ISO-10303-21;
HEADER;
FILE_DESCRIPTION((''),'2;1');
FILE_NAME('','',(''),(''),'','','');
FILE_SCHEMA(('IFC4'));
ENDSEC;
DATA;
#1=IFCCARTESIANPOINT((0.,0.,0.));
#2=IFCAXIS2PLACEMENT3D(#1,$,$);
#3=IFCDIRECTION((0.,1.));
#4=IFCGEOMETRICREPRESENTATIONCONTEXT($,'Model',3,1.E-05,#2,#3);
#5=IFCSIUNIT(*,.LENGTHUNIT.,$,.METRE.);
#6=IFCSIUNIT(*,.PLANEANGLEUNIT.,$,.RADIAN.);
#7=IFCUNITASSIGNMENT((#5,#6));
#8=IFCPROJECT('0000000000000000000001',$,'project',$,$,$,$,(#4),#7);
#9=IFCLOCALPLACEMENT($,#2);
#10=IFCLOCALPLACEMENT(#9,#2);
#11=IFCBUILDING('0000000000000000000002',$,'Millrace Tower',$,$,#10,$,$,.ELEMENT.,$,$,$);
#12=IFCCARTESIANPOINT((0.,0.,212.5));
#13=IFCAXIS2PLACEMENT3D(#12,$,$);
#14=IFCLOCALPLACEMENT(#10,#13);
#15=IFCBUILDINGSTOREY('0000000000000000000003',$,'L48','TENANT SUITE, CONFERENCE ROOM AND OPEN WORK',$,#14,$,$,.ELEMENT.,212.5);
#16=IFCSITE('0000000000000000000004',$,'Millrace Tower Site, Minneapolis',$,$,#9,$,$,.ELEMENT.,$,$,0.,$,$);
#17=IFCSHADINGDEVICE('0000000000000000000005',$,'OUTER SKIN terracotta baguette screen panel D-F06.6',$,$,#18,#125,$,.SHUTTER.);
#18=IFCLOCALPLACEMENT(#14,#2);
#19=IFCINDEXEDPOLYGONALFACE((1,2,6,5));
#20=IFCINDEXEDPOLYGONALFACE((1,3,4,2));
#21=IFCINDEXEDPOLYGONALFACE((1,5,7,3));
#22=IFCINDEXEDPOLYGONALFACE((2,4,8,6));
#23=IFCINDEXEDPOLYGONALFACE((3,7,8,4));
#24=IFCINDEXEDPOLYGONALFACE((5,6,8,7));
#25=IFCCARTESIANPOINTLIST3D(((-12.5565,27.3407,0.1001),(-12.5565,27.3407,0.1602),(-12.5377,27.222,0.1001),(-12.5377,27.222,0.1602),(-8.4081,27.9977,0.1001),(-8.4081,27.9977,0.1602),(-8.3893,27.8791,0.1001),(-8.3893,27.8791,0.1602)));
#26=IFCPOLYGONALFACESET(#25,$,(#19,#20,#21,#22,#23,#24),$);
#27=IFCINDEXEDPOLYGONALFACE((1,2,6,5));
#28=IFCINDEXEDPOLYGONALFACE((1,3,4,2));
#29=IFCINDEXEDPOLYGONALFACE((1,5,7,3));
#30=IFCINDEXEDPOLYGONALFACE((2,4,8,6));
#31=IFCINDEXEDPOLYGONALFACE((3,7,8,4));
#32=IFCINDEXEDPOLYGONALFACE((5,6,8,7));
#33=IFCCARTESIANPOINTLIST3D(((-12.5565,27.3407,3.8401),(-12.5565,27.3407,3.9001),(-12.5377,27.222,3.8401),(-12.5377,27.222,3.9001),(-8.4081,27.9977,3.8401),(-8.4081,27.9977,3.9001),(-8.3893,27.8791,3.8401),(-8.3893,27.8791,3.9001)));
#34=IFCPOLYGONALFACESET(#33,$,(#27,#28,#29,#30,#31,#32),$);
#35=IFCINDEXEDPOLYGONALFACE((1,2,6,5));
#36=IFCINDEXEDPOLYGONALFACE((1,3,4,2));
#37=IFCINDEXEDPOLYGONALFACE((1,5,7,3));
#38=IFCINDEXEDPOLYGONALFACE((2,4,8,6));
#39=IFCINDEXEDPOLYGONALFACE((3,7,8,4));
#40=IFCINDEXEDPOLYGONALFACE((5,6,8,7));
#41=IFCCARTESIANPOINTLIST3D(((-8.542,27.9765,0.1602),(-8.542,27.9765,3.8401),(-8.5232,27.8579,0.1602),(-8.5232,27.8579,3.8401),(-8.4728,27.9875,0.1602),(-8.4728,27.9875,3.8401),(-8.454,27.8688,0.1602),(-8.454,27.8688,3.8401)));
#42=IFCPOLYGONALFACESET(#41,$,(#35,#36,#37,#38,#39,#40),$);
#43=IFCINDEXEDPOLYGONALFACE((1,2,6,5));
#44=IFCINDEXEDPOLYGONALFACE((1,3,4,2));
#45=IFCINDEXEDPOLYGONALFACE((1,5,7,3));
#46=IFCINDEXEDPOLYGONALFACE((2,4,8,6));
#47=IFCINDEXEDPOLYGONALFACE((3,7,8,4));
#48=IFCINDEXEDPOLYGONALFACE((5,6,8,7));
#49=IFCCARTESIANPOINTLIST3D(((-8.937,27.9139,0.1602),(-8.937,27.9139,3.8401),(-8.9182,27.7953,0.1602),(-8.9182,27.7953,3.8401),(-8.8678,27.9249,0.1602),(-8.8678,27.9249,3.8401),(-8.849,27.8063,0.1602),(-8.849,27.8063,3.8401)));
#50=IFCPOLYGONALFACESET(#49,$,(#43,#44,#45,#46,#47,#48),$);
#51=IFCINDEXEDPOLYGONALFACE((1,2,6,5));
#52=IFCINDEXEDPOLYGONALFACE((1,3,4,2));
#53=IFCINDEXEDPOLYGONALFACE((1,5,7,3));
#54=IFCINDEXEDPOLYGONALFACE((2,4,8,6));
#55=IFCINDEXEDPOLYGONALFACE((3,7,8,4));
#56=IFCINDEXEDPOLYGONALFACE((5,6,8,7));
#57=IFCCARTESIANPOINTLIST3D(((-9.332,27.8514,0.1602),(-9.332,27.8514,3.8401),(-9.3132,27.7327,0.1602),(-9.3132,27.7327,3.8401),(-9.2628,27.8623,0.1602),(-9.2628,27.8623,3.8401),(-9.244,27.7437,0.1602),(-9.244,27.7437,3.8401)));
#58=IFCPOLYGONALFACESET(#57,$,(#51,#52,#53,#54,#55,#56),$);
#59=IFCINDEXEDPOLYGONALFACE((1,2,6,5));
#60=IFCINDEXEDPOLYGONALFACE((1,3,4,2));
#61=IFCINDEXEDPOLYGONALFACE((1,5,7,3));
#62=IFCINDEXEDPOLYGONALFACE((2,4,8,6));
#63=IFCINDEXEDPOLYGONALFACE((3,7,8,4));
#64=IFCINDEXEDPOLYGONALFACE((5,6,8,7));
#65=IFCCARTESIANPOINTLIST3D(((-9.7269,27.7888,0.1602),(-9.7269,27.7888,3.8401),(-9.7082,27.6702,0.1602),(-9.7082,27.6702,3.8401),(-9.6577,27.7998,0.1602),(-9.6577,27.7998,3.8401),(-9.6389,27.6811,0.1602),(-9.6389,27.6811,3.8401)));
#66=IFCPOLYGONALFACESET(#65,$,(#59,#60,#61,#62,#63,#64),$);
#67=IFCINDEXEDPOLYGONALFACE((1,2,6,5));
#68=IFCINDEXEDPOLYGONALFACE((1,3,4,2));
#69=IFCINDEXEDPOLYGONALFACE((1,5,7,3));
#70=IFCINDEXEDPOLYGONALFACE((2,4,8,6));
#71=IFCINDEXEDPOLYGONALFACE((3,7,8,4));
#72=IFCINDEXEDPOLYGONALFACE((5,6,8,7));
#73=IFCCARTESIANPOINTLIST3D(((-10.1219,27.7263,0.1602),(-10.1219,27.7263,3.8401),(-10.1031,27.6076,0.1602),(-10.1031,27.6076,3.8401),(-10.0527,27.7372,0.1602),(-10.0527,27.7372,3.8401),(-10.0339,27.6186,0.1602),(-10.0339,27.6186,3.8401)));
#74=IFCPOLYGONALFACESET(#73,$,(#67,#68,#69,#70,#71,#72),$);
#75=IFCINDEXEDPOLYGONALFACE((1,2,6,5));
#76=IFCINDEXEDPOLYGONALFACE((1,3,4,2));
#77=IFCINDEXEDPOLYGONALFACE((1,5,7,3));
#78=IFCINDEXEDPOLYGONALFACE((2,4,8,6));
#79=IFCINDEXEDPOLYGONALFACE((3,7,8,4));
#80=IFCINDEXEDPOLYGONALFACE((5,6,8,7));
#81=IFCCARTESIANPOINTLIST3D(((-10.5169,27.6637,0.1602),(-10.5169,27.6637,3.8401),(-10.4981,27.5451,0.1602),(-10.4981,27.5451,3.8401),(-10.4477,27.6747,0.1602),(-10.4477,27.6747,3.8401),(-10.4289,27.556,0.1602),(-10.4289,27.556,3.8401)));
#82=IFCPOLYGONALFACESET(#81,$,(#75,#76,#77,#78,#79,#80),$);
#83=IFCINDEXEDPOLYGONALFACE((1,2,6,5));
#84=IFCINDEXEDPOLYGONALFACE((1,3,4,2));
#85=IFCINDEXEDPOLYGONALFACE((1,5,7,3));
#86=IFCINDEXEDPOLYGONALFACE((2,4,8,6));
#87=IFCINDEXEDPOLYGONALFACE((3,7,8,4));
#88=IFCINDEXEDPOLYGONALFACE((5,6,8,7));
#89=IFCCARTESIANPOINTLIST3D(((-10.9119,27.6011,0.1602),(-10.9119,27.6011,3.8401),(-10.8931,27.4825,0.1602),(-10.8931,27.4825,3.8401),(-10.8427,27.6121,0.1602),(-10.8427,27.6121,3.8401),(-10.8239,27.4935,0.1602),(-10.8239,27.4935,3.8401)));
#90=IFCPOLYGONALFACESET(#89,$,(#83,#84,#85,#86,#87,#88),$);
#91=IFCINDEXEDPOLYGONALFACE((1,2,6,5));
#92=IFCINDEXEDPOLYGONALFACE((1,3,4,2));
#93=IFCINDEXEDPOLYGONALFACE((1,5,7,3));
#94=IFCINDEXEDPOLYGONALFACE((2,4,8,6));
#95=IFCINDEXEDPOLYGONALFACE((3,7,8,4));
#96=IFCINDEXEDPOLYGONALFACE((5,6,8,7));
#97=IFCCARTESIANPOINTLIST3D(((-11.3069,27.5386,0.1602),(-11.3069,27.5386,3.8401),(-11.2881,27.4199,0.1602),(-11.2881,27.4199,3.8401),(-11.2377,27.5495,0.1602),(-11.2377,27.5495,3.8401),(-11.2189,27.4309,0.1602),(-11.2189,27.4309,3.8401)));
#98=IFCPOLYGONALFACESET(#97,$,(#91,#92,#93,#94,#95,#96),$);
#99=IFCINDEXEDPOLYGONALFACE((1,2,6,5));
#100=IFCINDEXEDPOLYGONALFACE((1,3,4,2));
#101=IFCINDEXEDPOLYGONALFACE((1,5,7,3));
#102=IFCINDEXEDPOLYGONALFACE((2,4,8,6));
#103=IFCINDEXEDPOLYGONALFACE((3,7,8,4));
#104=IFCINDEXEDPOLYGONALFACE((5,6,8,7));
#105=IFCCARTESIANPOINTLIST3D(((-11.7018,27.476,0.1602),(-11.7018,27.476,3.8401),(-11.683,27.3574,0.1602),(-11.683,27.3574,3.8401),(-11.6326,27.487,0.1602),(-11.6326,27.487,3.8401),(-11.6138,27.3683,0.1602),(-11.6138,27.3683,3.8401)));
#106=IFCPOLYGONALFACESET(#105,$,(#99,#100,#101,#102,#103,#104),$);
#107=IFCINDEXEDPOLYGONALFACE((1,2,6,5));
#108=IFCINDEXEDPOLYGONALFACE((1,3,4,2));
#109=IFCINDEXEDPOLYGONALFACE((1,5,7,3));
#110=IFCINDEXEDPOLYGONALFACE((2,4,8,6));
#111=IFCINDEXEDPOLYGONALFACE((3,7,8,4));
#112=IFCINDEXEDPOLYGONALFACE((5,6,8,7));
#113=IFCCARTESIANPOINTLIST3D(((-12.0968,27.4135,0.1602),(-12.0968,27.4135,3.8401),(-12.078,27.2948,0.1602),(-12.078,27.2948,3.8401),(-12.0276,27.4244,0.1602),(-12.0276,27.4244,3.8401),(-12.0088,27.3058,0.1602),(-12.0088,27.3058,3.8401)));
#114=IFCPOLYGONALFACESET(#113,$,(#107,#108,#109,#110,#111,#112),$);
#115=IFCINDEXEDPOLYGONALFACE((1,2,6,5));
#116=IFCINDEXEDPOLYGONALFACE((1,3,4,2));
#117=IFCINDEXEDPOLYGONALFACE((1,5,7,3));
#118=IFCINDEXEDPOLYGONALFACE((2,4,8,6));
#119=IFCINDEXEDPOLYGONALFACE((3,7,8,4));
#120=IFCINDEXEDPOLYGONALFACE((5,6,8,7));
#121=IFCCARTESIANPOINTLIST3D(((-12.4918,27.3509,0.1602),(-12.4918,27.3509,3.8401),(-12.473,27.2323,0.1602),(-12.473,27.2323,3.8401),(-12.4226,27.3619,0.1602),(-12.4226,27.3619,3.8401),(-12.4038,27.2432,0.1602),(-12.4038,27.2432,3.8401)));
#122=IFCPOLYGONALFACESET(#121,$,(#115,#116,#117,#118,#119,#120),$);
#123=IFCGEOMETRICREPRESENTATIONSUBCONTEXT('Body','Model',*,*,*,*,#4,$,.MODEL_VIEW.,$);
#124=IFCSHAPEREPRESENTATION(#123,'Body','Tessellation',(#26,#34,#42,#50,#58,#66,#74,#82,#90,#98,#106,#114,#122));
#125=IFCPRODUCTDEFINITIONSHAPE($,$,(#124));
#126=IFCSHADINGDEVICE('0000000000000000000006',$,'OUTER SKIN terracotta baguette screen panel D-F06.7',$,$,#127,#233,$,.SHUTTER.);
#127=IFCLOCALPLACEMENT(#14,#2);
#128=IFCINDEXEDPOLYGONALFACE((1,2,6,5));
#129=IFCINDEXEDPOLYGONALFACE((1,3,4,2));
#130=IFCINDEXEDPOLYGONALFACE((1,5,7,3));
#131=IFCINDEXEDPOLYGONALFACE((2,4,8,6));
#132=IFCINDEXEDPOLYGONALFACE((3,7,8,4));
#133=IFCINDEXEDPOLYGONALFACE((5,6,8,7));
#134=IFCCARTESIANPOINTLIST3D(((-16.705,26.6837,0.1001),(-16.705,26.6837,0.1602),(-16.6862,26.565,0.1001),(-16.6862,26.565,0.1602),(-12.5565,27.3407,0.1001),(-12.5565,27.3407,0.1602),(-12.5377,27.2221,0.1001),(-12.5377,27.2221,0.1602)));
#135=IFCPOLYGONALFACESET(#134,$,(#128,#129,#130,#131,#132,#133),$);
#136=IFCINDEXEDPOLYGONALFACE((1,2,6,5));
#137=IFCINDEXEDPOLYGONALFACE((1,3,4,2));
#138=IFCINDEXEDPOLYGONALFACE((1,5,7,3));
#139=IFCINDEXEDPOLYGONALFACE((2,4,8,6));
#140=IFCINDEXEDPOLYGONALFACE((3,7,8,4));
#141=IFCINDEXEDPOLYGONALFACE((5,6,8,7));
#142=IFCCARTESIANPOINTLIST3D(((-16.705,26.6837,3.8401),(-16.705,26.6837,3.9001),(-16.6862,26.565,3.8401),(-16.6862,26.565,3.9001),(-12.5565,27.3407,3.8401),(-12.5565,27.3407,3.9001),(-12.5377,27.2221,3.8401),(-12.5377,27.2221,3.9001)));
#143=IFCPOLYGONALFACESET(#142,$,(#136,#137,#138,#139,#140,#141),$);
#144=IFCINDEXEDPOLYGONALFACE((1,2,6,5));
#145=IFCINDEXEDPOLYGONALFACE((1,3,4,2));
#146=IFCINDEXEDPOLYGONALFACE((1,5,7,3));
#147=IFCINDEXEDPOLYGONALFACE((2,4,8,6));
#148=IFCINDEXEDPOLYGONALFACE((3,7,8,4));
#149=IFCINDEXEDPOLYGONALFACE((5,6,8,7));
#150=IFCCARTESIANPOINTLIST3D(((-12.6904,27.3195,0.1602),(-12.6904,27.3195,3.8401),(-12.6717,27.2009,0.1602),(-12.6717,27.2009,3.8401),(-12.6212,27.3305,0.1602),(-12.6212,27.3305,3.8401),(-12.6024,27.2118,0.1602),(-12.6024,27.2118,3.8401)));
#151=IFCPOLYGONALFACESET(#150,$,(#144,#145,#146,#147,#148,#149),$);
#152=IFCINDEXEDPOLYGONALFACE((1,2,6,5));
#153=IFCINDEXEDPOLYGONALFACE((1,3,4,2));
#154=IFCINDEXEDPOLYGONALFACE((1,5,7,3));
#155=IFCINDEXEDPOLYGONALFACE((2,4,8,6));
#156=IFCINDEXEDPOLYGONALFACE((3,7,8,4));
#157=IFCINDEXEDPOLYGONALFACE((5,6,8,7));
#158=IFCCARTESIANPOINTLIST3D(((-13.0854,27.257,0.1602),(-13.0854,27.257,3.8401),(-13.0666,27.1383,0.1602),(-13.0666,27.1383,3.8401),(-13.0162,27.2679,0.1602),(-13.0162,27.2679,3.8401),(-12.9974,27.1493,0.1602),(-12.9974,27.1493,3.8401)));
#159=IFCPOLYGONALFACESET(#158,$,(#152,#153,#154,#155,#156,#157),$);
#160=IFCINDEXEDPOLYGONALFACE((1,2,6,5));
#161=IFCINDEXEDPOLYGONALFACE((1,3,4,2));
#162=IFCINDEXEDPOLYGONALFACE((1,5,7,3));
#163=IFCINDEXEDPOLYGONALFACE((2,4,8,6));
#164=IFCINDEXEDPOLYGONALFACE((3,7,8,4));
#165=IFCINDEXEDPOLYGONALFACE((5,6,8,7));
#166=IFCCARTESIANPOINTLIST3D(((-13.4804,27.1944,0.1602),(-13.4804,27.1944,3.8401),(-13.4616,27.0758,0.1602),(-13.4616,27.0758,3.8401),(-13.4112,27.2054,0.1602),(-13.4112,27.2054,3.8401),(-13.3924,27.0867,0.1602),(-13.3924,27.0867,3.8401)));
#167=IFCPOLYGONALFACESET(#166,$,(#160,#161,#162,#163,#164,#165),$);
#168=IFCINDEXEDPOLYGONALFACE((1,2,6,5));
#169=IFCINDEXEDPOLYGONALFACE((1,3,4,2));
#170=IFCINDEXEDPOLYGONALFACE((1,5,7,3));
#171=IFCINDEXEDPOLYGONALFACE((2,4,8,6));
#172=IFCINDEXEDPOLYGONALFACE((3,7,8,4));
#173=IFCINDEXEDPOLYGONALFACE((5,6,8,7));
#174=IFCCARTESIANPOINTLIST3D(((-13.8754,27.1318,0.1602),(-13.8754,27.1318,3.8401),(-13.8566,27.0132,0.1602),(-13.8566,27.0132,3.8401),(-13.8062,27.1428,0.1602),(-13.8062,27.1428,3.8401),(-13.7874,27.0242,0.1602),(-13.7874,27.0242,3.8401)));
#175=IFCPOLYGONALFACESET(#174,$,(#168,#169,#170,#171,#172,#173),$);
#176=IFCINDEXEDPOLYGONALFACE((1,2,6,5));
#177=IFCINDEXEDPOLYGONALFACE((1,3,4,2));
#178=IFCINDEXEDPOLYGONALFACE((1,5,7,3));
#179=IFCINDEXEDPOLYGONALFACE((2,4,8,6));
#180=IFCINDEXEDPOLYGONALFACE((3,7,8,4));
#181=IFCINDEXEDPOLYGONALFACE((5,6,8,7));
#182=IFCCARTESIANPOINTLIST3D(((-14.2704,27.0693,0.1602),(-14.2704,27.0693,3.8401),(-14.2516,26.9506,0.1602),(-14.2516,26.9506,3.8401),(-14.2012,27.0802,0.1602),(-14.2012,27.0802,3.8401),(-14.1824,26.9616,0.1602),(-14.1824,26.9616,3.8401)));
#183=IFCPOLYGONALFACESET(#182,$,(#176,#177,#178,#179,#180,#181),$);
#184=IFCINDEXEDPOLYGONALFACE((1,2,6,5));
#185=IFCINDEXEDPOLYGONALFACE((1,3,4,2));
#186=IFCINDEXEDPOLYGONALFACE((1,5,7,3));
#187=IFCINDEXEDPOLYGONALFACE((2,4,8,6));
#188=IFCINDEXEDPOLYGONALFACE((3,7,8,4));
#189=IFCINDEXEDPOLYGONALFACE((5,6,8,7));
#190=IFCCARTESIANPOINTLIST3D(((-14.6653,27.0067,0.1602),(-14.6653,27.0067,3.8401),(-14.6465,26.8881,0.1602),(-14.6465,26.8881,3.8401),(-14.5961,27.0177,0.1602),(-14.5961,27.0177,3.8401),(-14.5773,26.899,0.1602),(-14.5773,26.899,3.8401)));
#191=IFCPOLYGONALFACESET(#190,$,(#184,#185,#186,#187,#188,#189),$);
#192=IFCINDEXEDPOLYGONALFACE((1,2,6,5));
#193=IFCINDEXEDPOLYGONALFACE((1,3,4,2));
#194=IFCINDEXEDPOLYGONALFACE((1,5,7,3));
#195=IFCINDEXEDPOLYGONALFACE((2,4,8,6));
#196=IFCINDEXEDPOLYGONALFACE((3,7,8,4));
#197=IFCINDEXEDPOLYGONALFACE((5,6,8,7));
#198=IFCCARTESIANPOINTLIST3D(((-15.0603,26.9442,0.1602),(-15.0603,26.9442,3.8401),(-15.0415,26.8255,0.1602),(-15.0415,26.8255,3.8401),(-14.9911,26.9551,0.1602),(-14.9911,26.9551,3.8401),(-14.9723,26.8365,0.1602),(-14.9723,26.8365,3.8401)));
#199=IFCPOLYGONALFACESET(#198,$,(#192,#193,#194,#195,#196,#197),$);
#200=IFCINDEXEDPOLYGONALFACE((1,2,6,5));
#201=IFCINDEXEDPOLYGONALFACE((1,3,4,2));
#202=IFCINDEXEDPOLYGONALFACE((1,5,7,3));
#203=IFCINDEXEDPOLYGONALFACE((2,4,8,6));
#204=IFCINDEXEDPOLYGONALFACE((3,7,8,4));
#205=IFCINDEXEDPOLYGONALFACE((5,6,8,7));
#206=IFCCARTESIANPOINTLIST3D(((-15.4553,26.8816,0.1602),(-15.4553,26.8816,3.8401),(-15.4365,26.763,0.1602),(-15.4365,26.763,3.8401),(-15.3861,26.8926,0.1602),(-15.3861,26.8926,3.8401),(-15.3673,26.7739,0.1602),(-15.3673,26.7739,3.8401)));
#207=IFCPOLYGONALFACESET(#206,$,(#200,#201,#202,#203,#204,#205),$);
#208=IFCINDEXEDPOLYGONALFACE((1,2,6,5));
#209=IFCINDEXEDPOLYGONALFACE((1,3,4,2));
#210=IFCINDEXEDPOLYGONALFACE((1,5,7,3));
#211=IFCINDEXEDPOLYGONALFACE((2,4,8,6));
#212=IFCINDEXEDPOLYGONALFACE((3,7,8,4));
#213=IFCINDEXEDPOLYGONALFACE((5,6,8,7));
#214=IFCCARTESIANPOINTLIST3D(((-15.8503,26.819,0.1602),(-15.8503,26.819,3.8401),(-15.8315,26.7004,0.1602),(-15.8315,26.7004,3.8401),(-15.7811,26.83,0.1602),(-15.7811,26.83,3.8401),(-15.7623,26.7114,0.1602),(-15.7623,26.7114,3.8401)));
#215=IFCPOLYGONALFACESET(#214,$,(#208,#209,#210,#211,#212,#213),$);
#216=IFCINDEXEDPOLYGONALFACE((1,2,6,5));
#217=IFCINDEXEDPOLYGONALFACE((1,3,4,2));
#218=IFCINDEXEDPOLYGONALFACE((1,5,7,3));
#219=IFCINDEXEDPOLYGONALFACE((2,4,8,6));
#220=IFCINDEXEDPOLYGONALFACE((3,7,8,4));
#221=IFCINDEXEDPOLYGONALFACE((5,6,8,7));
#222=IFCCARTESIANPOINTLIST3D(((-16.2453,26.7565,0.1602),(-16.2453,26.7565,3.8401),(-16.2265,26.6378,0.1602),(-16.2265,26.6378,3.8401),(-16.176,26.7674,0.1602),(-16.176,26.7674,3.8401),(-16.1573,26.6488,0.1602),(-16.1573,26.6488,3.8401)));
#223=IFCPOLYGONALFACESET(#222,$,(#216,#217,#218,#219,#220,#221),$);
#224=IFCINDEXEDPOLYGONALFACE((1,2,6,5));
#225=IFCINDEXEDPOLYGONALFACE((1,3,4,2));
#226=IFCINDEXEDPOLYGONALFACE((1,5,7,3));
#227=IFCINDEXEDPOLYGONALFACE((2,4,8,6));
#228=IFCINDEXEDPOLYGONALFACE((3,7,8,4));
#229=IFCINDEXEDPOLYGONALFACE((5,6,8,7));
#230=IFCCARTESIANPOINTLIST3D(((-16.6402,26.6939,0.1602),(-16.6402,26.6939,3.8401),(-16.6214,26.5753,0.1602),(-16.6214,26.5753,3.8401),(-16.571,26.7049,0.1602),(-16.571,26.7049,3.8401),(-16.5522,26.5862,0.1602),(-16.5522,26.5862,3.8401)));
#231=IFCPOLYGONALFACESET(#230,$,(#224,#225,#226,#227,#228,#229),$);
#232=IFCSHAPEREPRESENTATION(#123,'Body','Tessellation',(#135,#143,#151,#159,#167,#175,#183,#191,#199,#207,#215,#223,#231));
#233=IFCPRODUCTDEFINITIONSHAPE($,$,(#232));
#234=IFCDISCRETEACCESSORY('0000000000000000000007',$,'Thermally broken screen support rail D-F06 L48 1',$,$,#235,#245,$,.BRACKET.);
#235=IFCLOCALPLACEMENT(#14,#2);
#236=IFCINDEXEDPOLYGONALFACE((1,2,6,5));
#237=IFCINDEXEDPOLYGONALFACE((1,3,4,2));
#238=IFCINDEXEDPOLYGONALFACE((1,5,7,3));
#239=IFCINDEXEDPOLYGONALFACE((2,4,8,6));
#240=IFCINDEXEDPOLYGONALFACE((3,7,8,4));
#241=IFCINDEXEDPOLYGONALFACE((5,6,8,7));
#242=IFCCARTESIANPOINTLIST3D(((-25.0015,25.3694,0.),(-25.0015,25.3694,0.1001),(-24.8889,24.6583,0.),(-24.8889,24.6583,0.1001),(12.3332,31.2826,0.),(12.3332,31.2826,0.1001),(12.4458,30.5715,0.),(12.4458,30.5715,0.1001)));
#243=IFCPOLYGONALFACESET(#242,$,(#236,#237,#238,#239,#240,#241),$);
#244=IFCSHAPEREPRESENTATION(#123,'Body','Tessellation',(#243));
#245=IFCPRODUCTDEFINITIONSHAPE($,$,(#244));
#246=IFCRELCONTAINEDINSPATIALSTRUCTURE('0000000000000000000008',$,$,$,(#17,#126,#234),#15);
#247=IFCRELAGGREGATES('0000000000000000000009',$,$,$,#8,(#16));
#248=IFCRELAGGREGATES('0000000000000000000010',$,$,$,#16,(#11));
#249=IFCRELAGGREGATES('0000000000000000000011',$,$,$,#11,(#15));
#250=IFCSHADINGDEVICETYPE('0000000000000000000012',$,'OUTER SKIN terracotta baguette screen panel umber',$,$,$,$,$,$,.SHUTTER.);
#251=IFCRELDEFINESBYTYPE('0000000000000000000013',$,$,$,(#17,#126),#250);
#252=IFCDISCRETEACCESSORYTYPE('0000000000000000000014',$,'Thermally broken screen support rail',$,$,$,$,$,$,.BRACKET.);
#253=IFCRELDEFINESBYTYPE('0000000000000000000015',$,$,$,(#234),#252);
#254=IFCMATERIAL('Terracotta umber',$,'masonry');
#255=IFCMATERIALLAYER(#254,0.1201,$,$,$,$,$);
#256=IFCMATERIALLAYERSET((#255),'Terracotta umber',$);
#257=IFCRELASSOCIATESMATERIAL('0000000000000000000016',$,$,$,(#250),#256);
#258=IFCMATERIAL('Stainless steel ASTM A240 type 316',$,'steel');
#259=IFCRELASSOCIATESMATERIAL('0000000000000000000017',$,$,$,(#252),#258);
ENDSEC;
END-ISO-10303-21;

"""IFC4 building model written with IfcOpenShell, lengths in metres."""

from ifc_helpers import new_model, entity, si_unit, direction, frame, frame_2d, origin, origin_2d, place, context, subcontext, project, spatial, rectangle, extrude, source, transform, mapped, material, layer, layer_set, type_object, element, save


model = new_model("IFC4")

# Units and contexts
model_context = context("Model", 3, precision=1e-05, world=origin(), true_north=direction((0.0, 1.0)))
body_context = subcontext(model_context, "Body", "Model", "MODEL_VIEW")
ifc_project = project(units=[si_unit("LENGTHUNIT", "METRE"), si_unit("PLANEANGLEUNIT", "RADIAN")], contexts=[model_context])

# Site, building, storey
site_placement = place(None, origin())
site = spatial("IfcSite", under=ifc_project, at=site_placement, Name="Millrace Tower Site, Minneapolis", CompositionType="ELEMENT", RefElevation=0.0)
building_placement = place(site_placement, origin())
building = spatial("IfcBuilding", under=site, at=building_placement, Name="Millrace Tower", CompositionType="ELEMENT")
storey_placement = place(building_placement, frame((0.0, 0.0, 212.5)))
storey = spatial("IfcBuildingStorey", under=building, at=storey_placement, Name="L48", Description="TENANT SUITE, CONFERENCE ROOM AND OPEN WORK", CompositionType="ELEMENT", Elevation=212.5)

# Shading devices
ifc_material_1 = material(Name="Terracotta umber", Category="masonry")
ifc_layer_1 = layer(ifc_material_1, 0.1201)
ifc_layer_set_1 = layer_set([ifc_layer_1], Name="Terracotta umber")
shading_device_type = type_object("IfcShadingDeviceType", Name="OUTER SKIN terracotta baguette screen panel umber", PredefinedType="SHUTTER", material=ifc_layer_set_1)
cartesian_point = entity("IfcCartesianPoint", [-2.1001, 0.0601])
shared_polyline = entity("IfcPolyline", [cartesian_point, entity("IfcCartesianPoint", [2.1001, 0.0601]), entity("IfcCartesianPoint", [2.1001, -0.0601]), entity("IfcCartesianPoint", [-2.1001, -0.0601]), cartesian_point])
shared_shape = source(origin(), body_context, "Body", "SweptSolid", [
    entity("IfcExtrudedAreaSolid", entity("IfcArbitraryClosedProfileDef", "AREA", None, shared_polyline), entity("IfcAxis2Placement3D", entity("IfcCartesianPoint", [0.0, 0.0, 0.0])), entity("IfcDirection", [0.0, 0.0, 1.0]), 0.0601),
    entity("IfcExtrudedAreaSolid", entity("IfcArbitraryClosedProfileDef", "AREA", None, shared_polyline), entity("IfcAxis2Placement3D", entity("IfcCartesianPoint", [0.0, 0.0, 3.74])), entity("IfcDirection", [0.0, 0.0, 1.0]), 0.0601),
    extrude(rectangle(XDim=0.0701, YDim=0.1201, at=frame_2d((-1.9995, 0.0))), frame((0.0, 0.0, 0.0601)), (0.0, 0.0, 1.0), 3.6799),
    extrude(rectangle(XDim=0.0701, YDim=0.1201, at=frame_2d((-1.5996, 0.0))), frame((0.0, 0.0, 0.0601)), (0.0, 0.0, 1.0), 3.6799),
    extrude(rectangle(XDim=0.0701, YDim=0.1201, at=frame_2d((-1.1997, 0.0))), frame((0.0, 0.0, 0.0601)), (0.0, 0.0, 1.0), 3.6799),
    extrude(rectangle(XDim=0.0701, YDim=0.1201, at=frame_2d((-0.7998, 0.0))), frame((0.0, 0.0, 0.0601)), (0.0, 0.0, 1.0), 3.6799),
    extrude(rectangle(XDim=0.0701, YDim=0.1201, at=frame_2d((-0.3999, 0.0))), frame((0.0, 0.0, 0.0601)), (0.0, 0.0, 1.0), 3.6799),
    extrude(rectangle(XDim=0.0701, YDim=0.1201, at=origin_2d()), frame((0.0, 0.0, 0.0601)), (0.0, 0.0, 1.0), 3.6799),
    extrude(rectangle(XDim=0.0701, YDim=0.1201, at=frame_2d((0.3999, 0.0))), frame((0.0, 0.0, 0.0601)), (0.0, 0.0, 1.0), 3.6799),
    extrude(rectangle(XDim=0.0701, YDim=0.1201, at=frame_2d((0.7998, 0.0))), frame((0.0, 0.0, 0.0601)), (0.0, 0.0, 1.0), 3.6799),
    extrude(rectangle(XDim=0.0701, YDim=0.1201, at=frame_2d((1.1997, 0.0))), frame((0.0, 0.0, 0.0601)), (0.0, 0.0, 1.0), 3.6799),
    extrude(rectangle(XDim=0.0701, YDim=0.1201, at=frame_2d((1.5996, 0.0))), frame((0.0, 0.0, 0.0601)), (0.0, 0.0, 1.0), 3.6799),
    extrude(rectangle(XDim=0.0701, YDim=0.1201, at=frame_2d((1.9995, 0.0))), frame((0.0, 0.0, 0.0601)), (0.0, 0.0, 1.0), 3.6799),
])
for number, where, z_axis, x_axis, name in (
    (1, (-10.4729, 27.6099, 0.1001), (0.0, 0.0, 1.0), (-0.987688, -0.156434, 0.0), "OUTER SKIN terracotta baguette screen panel D-F06.6"),
    (2, (-14.6213, 26.9529, 0.1001), (0.0, 0.0, 1.0), (-0.987688, -0.156434, 0.0), "OUTER SKIN terracotta baguette screen panel D-F06.7"),
):
    element("IfcShadingDevice", number, at=place(storey_placement, frame(where, z_axis=z_axis, x_axis=x_axis)), inside=storey, type_object=shading_device_type, Name=name, PredefinedType="SHUTTER", context=body_context, shape_type="MappedRepresentation", body=[
        mapped(shared_shape, transform((0.0, 0.0, 0.0), scale=1.0)),
    ])

# Discrete accessory
ifc_material_2 = material(Name="Stainless steel ASTM A240 type 316", Category="steel")
discrete_accessory_type = type_object("IfcDiscreteAccessoryType", Name="Thermally broken screen support rail", PredefinedType="BRACKET", material=ifc_material_2)
discrete_accessory_placement = place(storey_placement, frame((-6.2778, 27.9705, 0.0), z_axis=(0.0, 0.0, 1.0), x_axis=(-0.987688, -0.156434, 0.0)))
element("IfcDiscreteAccessory", 3, at=discrete_accessory_placement, inside=storey, type_object=discrete_accessory_type, Name="Thermally broken screen support rail D-F06 L48 1", PredefinedType="BRACKET", context=body_context, shape_type="SweptSolid", body=[
    extrude(rectangle(XDim=37.8, YDim=0.72, at=origin_2d()), origin(), (0.0, 0.0, 1.0), 0.1001),
])

save(model, "model.ifc")
